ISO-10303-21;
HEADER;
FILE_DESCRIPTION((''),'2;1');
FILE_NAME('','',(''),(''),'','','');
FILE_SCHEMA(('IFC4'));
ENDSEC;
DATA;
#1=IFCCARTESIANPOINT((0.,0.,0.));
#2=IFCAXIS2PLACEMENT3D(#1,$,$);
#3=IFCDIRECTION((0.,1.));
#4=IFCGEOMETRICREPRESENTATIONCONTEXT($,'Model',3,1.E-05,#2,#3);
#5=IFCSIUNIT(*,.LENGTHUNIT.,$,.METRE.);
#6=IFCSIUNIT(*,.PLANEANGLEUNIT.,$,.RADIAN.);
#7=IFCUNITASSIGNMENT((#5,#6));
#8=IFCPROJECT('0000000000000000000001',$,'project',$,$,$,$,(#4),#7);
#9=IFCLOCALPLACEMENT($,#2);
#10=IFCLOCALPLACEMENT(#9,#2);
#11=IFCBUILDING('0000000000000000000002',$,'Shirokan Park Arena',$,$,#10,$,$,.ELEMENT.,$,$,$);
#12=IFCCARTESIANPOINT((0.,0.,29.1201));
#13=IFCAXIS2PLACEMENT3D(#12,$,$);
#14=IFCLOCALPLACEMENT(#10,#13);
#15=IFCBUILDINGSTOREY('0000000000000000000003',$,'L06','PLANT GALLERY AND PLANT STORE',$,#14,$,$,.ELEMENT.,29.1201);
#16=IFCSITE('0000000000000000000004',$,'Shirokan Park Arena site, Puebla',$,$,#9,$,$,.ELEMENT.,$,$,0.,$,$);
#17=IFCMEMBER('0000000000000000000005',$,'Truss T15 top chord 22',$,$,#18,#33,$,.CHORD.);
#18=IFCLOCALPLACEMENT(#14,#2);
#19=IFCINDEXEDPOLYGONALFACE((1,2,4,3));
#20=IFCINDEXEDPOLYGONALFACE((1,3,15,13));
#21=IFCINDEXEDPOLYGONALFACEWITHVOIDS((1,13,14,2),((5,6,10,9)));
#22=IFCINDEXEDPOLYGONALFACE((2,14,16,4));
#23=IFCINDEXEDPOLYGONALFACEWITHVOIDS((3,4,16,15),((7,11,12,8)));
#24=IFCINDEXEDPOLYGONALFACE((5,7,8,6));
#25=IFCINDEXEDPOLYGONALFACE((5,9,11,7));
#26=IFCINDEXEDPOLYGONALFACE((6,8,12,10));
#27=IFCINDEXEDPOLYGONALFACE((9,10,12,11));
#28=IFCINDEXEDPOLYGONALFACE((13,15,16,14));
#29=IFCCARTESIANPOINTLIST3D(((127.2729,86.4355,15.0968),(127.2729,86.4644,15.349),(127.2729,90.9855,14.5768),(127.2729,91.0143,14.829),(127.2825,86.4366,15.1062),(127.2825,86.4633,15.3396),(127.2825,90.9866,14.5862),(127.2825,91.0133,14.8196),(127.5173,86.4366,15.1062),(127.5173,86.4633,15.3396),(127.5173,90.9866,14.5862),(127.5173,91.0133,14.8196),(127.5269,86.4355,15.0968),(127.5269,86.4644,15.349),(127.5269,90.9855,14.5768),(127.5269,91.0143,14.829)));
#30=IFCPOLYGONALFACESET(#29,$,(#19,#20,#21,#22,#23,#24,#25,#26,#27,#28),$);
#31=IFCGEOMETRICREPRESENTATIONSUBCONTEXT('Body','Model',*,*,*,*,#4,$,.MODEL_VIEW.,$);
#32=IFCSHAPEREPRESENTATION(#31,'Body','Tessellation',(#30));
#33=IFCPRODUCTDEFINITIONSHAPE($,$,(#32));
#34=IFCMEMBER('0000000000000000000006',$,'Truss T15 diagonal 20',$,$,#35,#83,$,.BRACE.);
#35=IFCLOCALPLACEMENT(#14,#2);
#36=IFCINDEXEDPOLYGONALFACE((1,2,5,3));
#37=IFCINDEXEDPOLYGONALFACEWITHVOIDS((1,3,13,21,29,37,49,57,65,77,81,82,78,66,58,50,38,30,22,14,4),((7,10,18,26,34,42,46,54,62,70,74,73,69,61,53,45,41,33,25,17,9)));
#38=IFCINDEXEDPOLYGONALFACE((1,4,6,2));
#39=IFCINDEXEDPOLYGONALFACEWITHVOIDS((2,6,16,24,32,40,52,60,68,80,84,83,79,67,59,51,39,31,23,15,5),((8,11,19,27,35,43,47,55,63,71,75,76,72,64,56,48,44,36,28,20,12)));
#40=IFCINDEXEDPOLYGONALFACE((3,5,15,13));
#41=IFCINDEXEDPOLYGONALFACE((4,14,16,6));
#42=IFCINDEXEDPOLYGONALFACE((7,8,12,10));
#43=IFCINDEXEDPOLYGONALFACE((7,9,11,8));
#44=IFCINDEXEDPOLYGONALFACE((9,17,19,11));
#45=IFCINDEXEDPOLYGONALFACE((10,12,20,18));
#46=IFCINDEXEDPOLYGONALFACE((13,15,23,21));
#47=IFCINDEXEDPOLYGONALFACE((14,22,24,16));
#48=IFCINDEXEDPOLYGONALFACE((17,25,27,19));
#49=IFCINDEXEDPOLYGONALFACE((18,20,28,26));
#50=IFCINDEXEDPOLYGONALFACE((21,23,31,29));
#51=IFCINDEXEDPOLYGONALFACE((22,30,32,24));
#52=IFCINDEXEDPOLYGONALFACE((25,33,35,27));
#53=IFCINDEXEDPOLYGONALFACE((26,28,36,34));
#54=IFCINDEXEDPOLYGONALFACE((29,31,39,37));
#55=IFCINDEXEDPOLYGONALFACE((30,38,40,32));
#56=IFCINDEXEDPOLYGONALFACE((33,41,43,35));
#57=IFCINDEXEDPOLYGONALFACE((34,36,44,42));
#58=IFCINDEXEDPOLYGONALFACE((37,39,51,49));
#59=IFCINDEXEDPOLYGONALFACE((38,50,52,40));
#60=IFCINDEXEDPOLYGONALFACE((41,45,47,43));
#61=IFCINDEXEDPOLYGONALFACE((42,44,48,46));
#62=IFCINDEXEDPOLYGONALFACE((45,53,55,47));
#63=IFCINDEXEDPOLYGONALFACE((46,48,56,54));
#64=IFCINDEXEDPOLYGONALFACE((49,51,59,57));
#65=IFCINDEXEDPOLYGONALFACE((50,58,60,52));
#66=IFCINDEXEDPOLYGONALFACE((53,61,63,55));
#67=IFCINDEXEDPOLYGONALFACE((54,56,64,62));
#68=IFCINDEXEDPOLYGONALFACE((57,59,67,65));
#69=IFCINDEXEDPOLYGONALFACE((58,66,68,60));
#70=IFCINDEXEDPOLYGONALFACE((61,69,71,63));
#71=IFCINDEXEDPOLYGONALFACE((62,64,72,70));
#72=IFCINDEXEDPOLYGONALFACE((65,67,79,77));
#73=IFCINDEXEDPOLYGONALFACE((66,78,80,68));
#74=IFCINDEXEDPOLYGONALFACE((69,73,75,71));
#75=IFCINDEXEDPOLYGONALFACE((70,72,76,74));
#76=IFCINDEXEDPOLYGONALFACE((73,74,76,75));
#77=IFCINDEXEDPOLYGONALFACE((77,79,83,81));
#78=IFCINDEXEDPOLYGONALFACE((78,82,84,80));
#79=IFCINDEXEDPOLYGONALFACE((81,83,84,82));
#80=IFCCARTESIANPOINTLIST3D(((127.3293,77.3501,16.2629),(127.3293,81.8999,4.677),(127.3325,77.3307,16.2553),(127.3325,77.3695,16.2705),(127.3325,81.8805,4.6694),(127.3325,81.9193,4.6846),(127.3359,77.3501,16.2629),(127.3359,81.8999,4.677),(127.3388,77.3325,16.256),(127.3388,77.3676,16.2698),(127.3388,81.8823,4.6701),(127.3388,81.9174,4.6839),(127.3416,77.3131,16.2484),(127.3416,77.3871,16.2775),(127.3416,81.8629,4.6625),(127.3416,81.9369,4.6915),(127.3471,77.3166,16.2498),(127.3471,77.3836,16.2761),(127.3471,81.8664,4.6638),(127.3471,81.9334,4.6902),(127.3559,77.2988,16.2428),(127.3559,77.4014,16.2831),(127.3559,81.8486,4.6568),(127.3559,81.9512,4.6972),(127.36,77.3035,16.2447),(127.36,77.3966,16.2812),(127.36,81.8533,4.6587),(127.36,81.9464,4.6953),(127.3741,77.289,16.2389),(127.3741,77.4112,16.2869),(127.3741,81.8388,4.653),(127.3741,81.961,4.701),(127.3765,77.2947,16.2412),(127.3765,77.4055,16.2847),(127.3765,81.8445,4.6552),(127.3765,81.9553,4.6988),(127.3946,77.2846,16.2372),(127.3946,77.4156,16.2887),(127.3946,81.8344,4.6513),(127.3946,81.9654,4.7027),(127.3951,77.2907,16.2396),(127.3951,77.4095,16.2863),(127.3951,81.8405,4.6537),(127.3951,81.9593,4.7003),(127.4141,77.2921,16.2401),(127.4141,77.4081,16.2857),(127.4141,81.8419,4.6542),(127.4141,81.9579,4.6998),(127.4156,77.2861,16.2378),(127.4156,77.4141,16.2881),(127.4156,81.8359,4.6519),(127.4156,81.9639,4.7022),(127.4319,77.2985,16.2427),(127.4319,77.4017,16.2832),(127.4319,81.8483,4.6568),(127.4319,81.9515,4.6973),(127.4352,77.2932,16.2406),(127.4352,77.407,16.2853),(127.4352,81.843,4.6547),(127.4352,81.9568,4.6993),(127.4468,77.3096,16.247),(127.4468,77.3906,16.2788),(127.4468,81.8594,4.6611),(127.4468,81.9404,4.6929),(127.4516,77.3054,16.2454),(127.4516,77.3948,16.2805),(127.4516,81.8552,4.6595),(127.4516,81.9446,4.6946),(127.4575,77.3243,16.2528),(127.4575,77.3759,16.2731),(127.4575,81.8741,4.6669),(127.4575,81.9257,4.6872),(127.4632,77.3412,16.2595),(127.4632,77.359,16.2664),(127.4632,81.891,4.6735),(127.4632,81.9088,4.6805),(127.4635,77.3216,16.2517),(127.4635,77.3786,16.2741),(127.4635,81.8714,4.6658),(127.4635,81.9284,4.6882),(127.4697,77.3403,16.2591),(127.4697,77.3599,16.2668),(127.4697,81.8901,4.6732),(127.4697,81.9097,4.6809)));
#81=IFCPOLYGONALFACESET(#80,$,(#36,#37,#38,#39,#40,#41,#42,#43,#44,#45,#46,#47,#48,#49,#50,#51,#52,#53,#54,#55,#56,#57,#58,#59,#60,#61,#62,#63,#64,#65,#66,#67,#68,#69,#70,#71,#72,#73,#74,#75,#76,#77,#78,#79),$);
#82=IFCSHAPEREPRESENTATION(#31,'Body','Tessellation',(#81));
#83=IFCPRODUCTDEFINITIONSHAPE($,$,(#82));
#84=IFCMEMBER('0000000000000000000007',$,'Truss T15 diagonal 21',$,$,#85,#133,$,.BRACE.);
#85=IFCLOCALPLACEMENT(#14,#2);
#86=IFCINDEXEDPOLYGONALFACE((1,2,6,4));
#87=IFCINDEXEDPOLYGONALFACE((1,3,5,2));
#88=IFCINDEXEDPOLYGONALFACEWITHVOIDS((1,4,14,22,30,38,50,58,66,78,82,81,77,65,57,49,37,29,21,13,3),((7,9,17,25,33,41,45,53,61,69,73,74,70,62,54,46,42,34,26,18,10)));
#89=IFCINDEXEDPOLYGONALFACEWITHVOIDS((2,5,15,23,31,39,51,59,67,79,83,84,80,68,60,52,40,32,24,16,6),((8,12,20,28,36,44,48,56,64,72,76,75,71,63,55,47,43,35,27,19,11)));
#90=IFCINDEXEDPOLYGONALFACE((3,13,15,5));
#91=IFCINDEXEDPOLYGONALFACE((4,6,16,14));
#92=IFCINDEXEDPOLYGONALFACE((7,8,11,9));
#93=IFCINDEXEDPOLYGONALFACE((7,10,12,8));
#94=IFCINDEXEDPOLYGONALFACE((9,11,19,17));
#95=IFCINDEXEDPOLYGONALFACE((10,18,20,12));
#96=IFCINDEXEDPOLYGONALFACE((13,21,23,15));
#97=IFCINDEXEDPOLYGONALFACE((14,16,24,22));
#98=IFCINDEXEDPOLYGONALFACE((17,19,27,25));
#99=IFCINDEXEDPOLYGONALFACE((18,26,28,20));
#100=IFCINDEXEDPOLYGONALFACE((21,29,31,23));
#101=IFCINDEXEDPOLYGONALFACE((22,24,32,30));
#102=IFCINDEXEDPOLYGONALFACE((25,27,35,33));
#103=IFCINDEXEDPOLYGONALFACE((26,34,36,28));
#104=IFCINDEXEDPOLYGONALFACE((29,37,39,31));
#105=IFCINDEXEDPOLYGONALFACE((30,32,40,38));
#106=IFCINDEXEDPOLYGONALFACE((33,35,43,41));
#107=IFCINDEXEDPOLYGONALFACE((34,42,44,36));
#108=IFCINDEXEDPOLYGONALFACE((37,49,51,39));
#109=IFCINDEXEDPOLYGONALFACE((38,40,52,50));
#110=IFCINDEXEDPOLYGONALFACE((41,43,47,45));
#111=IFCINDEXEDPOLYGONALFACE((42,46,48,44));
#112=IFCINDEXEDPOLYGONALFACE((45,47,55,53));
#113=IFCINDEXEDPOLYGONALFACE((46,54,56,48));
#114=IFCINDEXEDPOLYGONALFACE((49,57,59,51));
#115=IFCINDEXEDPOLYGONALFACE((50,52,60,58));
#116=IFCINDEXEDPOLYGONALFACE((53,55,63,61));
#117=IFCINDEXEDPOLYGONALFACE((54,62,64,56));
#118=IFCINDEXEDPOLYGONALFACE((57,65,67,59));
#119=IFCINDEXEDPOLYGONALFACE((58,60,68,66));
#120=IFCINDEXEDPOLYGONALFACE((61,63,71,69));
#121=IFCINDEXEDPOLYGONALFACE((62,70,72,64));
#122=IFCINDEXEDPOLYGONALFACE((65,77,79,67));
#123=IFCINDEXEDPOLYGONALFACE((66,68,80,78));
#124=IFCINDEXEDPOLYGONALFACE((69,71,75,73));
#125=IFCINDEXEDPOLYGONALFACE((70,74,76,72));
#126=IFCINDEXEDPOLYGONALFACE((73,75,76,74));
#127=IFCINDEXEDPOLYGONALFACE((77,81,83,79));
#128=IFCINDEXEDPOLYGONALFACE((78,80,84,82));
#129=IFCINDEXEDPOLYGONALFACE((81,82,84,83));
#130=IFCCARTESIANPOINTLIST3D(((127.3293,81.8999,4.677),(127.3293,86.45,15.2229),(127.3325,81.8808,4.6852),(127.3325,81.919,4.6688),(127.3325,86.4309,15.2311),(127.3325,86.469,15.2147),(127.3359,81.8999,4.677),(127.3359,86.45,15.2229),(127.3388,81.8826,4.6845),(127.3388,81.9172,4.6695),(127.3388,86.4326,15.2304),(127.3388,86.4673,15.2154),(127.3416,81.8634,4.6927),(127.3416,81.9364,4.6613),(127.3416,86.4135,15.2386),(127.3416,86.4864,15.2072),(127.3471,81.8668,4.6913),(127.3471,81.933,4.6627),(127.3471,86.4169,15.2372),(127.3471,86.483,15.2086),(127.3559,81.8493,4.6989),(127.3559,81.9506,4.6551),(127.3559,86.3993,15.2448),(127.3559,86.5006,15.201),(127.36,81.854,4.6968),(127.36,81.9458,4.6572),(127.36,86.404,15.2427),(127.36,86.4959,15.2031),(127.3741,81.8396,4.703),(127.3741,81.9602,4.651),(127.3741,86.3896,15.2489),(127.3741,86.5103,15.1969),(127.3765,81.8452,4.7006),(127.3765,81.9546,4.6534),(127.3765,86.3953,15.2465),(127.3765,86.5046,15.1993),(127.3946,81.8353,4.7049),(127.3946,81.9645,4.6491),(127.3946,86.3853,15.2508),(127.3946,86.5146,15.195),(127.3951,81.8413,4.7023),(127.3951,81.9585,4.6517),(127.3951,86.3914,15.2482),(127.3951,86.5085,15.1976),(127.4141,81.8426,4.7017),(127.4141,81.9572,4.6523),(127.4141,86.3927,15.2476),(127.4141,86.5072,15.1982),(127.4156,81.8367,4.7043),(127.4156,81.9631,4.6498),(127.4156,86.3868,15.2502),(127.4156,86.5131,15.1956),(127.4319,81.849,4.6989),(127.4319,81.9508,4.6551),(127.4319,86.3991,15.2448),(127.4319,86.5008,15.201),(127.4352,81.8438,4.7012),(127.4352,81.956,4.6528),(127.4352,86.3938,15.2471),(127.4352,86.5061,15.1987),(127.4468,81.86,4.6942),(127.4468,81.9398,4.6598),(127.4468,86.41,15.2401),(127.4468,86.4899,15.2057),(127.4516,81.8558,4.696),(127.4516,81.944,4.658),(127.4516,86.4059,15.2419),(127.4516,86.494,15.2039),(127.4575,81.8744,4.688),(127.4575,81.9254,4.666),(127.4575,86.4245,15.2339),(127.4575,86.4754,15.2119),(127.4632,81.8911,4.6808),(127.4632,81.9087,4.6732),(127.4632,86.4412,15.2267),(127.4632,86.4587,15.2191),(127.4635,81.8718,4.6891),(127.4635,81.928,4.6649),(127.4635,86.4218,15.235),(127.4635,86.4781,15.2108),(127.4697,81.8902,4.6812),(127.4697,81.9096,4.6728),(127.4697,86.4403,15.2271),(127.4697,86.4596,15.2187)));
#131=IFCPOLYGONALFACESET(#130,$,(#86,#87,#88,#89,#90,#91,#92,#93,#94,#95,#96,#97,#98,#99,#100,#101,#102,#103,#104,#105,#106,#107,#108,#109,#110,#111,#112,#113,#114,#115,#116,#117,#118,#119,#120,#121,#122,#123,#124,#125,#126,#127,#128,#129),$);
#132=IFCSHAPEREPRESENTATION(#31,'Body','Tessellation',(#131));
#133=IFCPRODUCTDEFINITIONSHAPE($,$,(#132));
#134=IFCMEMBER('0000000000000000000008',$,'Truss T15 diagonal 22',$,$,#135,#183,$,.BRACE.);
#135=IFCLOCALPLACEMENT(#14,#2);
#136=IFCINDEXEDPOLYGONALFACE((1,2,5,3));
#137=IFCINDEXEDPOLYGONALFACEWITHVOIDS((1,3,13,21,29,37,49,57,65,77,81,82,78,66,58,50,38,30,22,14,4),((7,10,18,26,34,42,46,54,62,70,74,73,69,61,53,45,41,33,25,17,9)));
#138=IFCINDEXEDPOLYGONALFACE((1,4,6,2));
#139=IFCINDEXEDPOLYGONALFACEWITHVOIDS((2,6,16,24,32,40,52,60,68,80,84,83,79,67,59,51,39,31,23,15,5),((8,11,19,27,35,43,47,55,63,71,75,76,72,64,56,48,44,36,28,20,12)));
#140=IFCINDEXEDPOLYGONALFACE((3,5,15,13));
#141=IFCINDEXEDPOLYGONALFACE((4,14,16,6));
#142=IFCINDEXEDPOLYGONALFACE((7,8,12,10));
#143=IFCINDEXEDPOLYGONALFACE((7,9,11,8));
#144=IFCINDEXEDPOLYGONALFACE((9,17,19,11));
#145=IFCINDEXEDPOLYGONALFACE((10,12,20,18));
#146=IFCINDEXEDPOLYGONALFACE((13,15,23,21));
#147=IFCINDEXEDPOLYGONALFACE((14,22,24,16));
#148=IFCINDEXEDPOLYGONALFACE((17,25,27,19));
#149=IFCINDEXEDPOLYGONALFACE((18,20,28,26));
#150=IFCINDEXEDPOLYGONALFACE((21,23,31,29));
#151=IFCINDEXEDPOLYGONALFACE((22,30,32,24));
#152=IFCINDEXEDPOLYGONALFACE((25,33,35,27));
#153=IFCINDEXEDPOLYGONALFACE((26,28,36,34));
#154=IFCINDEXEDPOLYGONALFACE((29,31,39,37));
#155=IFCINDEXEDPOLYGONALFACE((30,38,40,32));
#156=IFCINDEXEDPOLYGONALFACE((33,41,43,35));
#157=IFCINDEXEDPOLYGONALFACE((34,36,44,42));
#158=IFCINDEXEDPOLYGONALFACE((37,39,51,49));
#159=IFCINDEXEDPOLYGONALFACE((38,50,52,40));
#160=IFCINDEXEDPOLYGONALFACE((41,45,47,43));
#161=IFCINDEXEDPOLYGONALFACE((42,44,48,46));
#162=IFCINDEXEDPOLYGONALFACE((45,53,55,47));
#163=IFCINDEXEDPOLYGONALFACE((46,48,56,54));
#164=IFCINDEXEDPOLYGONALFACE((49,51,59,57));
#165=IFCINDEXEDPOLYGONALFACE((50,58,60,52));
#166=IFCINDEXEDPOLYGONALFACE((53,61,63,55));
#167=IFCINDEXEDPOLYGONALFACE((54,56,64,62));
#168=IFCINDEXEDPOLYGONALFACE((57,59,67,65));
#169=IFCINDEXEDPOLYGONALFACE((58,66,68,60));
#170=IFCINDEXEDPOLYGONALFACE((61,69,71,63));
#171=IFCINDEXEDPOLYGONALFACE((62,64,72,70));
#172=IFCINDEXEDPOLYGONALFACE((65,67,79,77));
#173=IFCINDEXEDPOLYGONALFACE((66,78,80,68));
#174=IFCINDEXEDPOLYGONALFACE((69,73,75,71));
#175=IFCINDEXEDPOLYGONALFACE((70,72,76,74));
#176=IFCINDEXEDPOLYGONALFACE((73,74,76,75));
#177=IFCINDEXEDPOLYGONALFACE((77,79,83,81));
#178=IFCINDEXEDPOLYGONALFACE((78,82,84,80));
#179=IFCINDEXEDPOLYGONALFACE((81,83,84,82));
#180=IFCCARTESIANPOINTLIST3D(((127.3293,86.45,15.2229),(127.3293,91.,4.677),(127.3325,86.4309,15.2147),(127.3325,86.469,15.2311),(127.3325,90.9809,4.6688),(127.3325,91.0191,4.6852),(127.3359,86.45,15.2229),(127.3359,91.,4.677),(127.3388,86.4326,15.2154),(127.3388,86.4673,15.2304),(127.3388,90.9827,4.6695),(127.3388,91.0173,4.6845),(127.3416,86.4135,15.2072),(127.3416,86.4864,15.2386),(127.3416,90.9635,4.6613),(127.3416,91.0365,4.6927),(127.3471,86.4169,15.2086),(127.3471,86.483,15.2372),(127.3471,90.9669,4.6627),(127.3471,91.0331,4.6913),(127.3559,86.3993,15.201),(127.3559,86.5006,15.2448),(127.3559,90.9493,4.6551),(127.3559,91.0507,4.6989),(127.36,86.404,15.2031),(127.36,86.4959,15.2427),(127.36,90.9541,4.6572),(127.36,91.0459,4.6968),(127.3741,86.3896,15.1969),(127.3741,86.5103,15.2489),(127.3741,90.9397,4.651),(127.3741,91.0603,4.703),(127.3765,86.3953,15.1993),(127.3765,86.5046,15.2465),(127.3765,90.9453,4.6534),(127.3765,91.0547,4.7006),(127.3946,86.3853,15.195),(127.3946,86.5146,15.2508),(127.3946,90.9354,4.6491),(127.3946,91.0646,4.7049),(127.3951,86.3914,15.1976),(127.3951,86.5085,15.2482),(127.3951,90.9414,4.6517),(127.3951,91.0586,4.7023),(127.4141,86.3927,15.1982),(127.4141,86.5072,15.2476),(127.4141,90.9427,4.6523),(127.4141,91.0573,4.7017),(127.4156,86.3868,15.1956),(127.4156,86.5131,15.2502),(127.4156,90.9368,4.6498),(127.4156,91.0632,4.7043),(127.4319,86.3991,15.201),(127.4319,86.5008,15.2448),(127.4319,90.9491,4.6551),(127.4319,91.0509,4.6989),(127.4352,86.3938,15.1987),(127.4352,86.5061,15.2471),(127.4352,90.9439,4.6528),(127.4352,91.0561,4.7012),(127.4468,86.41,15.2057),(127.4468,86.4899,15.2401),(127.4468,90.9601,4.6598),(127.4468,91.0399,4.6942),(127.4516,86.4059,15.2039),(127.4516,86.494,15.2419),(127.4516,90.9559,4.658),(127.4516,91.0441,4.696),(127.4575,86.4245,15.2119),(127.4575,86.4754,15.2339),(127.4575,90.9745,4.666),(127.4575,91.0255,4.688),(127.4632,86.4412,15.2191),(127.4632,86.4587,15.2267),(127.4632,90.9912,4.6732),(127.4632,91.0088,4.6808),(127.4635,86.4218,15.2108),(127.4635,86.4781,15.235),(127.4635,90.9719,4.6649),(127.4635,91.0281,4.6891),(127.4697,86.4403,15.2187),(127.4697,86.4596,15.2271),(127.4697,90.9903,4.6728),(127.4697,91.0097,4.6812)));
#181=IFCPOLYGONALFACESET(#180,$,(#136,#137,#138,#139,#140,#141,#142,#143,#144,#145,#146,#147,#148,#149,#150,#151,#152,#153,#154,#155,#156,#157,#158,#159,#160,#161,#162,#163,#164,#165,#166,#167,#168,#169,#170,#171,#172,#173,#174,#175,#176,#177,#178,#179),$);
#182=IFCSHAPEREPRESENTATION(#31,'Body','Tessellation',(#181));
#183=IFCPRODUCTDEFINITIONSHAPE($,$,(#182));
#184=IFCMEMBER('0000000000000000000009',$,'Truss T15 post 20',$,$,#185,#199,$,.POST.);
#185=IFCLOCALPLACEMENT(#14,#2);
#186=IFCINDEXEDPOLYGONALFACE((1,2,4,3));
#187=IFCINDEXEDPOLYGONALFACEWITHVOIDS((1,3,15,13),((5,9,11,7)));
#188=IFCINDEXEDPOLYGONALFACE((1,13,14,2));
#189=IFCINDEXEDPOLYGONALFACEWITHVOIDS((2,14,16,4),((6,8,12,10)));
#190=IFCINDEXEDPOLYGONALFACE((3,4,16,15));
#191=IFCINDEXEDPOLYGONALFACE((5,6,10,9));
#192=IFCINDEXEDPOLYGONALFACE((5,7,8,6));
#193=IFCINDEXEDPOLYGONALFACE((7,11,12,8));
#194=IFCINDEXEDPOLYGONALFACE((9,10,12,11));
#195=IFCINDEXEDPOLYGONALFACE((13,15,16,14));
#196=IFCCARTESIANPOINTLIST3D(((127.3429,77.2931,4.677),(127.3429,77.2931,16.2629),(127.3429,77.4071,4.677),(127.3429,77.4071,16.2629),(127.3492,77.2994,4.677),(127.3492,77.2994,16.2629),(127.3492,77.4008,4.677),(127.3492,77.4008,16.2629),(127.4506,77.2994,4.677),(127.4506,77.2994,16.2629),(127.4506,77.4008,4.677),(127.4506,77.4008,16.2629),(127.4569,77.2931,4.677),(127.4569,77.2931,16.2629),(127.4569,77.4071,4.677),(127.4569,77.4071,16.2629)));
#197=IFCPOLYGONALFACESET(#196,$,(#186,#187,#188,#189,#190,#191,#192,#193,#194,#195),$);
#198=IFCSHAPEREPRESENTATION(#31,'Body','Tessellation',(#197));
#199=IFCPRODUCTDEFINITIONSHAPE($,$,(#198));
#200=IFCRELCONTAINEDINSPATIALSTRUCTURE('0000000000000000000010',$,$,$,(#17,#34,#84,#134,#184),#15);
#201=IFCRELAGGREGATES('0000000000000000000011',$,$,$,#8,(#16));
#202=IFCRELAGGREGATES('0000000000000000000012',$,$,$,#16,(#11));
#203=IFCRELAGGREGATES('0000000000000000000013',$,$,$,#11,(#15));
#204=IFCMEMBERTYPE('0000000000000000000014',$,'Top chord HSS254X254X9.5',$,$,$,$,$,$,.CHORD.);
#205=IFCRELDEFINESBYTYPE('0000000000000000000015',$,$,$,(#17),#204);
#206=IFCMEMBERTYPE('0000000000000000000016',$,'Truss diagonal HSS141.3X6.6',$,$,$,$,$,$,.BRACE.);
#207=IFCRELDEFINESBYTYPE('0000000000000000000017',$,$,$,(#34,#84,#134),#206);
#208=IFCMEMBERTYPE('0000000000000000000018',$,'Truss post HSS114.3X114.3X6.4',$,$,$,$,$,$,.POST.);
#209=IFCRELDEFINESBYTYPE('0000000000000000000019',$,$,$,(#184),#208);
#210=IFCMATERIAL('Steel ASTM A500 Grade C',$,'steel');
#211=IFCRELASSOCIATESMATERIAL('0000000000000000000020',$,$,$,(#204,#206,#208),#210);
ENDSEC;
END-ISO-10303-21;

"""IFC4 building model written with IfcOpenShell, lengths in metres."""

from ifc_helpers import new_model, si_unit, direction, frame, origin, origin_2d, place, context, subcontext, project, spatial, hollow_rectangle, hollow_circle, extrude, material, material_profile, profile_set, type_object, element, save


model = new_model("IFC4")

# Units and contexts
model_context = context("Model", 3, precision=1e-05, world=origin(), true_north=direction((0.0, 1.0)))
body_context = subcontext(model_context, "Body", "Model", "MODEL_VIEW")
ifc_project = project(units=[si_unit("LENGTHUNIT", "METRE"), si_unit("PLANEANGLEUNIT", "RADIAN")], contexts=[model_context])

# Site, building, storey
site_placement = place(None, origin())
site = spatial("IfcSite", under=ifc_project, at=site_placement, Name="Shirokan Park Arena site, Puebla", CompositionType="ELEMENT", RefElevation=0.0)
building_placement = place(site_placement, origin())
building = spatial("IfcBuilding", under=site, at=building_placement, Name="Shirokan Park Arena", CompositionType="ELEMENT")
storey_placement = place(building_placement, frame((0.0, 0.0, 29.1201)))
storey = spatial("IfcBuildingStorey", under=building, at=storey_placement, Name="L06", Description="PLANT GALLERY AND PLANT STORE", CompositionType="ELEMENT", Elevation=29.1201)

# Members
ifc_material_1 = material(Name="Steel ASTM A500 Grade C", Category="steel")
ifc_material_profile_1 = material_profile(ifc_material_1, hollow_rectangle(XDim=0.2539, YDim=0.2539, WallThickness=0.0095, at=origin_2d()), Name="HSS254X254X9.5")
ifc_profile_set_1 = profile_set([ifc_material_profile_1], Name="Steel ASTM A500 Grade C")
member_type_1 = type_object("IfcMemberType", Name="Top chord HSS254X254X9.5", PredefinedType="CHORD", material=ifc_profile_set_1)
for number, where, z_axis, x_axis, name in (
    (1, (127.3999, 86.45, 15.2229), (0.0, 0.993532, -0.11355), (-1.0, 0.0, 0.0), "Truss T15 top chord 22"),
):
    element("IfcMember", number, at=place(storey_placement, frame(where, z_axis=z_axis, x_axis=x_axis)), inside=storey, type_object=member_type_1, Name=name, PredefinedType="CHORD", context=body_context, shape_type="SweptSolid", body=[
        extrude(hollow_rectangle(XDim=0.2539, YDim=0.2539, WallThickness=0.0095, at=origin_2d()), origin(), (0.0, 0.0, 1.0), 4.5796),
    ])
ifc_material_profile_2 = material_profile(ifc_material_1, hollow_circle(Radius=0.0706, WallThickness=0.0066, at=origin_2d()), Name="HSS141.3X6.6")
ifc_profile_set_2 = profile_set([ifc_material_profile_2], Name="Steel ASTM A500 Grade C")
member_type_2 = type_object("IfcMemberType", Name="Truss diagonal HSS141.3X6.6", PredefinedType="BRACE", material=ifc_profile_set_2)
member_1_placement = place(storey_placement, frame((127.3999, 77.3501, 16.2629), z_axis=(0.0, 0.365526, -0.930801), x_axis=(-1.0, 0.0, 0.0)))
element("IfcMember", 2, at=member_1_placement, inside=storey, type_object=member_type_2, Name="Truss T15 diagonal 20", PredefinedType="BRACE", context=body_context, shape_type="SweptSolid", body=[
    extrude(hollow_circle(Radius=0.0706, WallThickness=0.0066, at=origin_2d()), origin(), (0.0, 0.0, 1.0), 12.4473),
])
for number, where, z_axis, x_axis, name in (
    (3, (127.3999, 81.8999, 4.677), (0.0, 0.396153, 0.918185), (-1.0, 0.0, 0.0), "Truss T15 diagonal 21"),
    (4, (127.3999, 86.45, 15.2229), (0.0, 0.396153, -0.918185), (-1.0, 0.0, 0.0), "Truss T15 diagonal 22"),
):
    element("IfcMember", number, at=place(storey_placement, frame(where, z_axis=z_axis, x_axis=x_axis)), inside=storey, type_object=member_type_2, Name=name, PredefinedType="BRACE", context=body_context, shape_type="SweptSolid", body=[
        extrude(hollow_circle(Radius=0.0706, WallThickness=0.0066, at=origin_2d()), origin(), (0.0, 0.0, 1.0), 11.4856),
    ])
ifc_material_profile_3 = material_profile(ifc_material_1, hollow_rectangle(XDim=0.114, YDim=0.114, WallThickness=0.0063, at=origin_2d()), Name="HSS114.3X114.3X6.4")
ifc_profile_set_3 = profile_set([ifc_material_profile_3], Name="Steel ASTM A500 Grade C")
member_type_3 = type_object("IfcMemberType", Name="Truss post HSS114.3X114.3X6.4", PredefinedType="POST", material=ifc_profile_set_3)
member_2_placement = place(storey_placement, frame((127.3999, 77.3501, 4.677), z_axis=(0.0, 0.0, 1.0), x_axis=(1.0, 0.0, 0.0)))
element("IfcMember", 5, at=member_2_placement, inside=storey, type_object=member_type_3, Name="Truss T15 post 20", PredefinedType="POST", context=body_context, shape_type="SweptSolid", body=[
    extrude(hollow_rectangle(XDim=0.114, YDim=0.114, WallThickness=0.0063, at=origin_2d()), origin(), (0.0, 0.0, 1.0), 11.5859),
])

save(model, "model.ifc")
